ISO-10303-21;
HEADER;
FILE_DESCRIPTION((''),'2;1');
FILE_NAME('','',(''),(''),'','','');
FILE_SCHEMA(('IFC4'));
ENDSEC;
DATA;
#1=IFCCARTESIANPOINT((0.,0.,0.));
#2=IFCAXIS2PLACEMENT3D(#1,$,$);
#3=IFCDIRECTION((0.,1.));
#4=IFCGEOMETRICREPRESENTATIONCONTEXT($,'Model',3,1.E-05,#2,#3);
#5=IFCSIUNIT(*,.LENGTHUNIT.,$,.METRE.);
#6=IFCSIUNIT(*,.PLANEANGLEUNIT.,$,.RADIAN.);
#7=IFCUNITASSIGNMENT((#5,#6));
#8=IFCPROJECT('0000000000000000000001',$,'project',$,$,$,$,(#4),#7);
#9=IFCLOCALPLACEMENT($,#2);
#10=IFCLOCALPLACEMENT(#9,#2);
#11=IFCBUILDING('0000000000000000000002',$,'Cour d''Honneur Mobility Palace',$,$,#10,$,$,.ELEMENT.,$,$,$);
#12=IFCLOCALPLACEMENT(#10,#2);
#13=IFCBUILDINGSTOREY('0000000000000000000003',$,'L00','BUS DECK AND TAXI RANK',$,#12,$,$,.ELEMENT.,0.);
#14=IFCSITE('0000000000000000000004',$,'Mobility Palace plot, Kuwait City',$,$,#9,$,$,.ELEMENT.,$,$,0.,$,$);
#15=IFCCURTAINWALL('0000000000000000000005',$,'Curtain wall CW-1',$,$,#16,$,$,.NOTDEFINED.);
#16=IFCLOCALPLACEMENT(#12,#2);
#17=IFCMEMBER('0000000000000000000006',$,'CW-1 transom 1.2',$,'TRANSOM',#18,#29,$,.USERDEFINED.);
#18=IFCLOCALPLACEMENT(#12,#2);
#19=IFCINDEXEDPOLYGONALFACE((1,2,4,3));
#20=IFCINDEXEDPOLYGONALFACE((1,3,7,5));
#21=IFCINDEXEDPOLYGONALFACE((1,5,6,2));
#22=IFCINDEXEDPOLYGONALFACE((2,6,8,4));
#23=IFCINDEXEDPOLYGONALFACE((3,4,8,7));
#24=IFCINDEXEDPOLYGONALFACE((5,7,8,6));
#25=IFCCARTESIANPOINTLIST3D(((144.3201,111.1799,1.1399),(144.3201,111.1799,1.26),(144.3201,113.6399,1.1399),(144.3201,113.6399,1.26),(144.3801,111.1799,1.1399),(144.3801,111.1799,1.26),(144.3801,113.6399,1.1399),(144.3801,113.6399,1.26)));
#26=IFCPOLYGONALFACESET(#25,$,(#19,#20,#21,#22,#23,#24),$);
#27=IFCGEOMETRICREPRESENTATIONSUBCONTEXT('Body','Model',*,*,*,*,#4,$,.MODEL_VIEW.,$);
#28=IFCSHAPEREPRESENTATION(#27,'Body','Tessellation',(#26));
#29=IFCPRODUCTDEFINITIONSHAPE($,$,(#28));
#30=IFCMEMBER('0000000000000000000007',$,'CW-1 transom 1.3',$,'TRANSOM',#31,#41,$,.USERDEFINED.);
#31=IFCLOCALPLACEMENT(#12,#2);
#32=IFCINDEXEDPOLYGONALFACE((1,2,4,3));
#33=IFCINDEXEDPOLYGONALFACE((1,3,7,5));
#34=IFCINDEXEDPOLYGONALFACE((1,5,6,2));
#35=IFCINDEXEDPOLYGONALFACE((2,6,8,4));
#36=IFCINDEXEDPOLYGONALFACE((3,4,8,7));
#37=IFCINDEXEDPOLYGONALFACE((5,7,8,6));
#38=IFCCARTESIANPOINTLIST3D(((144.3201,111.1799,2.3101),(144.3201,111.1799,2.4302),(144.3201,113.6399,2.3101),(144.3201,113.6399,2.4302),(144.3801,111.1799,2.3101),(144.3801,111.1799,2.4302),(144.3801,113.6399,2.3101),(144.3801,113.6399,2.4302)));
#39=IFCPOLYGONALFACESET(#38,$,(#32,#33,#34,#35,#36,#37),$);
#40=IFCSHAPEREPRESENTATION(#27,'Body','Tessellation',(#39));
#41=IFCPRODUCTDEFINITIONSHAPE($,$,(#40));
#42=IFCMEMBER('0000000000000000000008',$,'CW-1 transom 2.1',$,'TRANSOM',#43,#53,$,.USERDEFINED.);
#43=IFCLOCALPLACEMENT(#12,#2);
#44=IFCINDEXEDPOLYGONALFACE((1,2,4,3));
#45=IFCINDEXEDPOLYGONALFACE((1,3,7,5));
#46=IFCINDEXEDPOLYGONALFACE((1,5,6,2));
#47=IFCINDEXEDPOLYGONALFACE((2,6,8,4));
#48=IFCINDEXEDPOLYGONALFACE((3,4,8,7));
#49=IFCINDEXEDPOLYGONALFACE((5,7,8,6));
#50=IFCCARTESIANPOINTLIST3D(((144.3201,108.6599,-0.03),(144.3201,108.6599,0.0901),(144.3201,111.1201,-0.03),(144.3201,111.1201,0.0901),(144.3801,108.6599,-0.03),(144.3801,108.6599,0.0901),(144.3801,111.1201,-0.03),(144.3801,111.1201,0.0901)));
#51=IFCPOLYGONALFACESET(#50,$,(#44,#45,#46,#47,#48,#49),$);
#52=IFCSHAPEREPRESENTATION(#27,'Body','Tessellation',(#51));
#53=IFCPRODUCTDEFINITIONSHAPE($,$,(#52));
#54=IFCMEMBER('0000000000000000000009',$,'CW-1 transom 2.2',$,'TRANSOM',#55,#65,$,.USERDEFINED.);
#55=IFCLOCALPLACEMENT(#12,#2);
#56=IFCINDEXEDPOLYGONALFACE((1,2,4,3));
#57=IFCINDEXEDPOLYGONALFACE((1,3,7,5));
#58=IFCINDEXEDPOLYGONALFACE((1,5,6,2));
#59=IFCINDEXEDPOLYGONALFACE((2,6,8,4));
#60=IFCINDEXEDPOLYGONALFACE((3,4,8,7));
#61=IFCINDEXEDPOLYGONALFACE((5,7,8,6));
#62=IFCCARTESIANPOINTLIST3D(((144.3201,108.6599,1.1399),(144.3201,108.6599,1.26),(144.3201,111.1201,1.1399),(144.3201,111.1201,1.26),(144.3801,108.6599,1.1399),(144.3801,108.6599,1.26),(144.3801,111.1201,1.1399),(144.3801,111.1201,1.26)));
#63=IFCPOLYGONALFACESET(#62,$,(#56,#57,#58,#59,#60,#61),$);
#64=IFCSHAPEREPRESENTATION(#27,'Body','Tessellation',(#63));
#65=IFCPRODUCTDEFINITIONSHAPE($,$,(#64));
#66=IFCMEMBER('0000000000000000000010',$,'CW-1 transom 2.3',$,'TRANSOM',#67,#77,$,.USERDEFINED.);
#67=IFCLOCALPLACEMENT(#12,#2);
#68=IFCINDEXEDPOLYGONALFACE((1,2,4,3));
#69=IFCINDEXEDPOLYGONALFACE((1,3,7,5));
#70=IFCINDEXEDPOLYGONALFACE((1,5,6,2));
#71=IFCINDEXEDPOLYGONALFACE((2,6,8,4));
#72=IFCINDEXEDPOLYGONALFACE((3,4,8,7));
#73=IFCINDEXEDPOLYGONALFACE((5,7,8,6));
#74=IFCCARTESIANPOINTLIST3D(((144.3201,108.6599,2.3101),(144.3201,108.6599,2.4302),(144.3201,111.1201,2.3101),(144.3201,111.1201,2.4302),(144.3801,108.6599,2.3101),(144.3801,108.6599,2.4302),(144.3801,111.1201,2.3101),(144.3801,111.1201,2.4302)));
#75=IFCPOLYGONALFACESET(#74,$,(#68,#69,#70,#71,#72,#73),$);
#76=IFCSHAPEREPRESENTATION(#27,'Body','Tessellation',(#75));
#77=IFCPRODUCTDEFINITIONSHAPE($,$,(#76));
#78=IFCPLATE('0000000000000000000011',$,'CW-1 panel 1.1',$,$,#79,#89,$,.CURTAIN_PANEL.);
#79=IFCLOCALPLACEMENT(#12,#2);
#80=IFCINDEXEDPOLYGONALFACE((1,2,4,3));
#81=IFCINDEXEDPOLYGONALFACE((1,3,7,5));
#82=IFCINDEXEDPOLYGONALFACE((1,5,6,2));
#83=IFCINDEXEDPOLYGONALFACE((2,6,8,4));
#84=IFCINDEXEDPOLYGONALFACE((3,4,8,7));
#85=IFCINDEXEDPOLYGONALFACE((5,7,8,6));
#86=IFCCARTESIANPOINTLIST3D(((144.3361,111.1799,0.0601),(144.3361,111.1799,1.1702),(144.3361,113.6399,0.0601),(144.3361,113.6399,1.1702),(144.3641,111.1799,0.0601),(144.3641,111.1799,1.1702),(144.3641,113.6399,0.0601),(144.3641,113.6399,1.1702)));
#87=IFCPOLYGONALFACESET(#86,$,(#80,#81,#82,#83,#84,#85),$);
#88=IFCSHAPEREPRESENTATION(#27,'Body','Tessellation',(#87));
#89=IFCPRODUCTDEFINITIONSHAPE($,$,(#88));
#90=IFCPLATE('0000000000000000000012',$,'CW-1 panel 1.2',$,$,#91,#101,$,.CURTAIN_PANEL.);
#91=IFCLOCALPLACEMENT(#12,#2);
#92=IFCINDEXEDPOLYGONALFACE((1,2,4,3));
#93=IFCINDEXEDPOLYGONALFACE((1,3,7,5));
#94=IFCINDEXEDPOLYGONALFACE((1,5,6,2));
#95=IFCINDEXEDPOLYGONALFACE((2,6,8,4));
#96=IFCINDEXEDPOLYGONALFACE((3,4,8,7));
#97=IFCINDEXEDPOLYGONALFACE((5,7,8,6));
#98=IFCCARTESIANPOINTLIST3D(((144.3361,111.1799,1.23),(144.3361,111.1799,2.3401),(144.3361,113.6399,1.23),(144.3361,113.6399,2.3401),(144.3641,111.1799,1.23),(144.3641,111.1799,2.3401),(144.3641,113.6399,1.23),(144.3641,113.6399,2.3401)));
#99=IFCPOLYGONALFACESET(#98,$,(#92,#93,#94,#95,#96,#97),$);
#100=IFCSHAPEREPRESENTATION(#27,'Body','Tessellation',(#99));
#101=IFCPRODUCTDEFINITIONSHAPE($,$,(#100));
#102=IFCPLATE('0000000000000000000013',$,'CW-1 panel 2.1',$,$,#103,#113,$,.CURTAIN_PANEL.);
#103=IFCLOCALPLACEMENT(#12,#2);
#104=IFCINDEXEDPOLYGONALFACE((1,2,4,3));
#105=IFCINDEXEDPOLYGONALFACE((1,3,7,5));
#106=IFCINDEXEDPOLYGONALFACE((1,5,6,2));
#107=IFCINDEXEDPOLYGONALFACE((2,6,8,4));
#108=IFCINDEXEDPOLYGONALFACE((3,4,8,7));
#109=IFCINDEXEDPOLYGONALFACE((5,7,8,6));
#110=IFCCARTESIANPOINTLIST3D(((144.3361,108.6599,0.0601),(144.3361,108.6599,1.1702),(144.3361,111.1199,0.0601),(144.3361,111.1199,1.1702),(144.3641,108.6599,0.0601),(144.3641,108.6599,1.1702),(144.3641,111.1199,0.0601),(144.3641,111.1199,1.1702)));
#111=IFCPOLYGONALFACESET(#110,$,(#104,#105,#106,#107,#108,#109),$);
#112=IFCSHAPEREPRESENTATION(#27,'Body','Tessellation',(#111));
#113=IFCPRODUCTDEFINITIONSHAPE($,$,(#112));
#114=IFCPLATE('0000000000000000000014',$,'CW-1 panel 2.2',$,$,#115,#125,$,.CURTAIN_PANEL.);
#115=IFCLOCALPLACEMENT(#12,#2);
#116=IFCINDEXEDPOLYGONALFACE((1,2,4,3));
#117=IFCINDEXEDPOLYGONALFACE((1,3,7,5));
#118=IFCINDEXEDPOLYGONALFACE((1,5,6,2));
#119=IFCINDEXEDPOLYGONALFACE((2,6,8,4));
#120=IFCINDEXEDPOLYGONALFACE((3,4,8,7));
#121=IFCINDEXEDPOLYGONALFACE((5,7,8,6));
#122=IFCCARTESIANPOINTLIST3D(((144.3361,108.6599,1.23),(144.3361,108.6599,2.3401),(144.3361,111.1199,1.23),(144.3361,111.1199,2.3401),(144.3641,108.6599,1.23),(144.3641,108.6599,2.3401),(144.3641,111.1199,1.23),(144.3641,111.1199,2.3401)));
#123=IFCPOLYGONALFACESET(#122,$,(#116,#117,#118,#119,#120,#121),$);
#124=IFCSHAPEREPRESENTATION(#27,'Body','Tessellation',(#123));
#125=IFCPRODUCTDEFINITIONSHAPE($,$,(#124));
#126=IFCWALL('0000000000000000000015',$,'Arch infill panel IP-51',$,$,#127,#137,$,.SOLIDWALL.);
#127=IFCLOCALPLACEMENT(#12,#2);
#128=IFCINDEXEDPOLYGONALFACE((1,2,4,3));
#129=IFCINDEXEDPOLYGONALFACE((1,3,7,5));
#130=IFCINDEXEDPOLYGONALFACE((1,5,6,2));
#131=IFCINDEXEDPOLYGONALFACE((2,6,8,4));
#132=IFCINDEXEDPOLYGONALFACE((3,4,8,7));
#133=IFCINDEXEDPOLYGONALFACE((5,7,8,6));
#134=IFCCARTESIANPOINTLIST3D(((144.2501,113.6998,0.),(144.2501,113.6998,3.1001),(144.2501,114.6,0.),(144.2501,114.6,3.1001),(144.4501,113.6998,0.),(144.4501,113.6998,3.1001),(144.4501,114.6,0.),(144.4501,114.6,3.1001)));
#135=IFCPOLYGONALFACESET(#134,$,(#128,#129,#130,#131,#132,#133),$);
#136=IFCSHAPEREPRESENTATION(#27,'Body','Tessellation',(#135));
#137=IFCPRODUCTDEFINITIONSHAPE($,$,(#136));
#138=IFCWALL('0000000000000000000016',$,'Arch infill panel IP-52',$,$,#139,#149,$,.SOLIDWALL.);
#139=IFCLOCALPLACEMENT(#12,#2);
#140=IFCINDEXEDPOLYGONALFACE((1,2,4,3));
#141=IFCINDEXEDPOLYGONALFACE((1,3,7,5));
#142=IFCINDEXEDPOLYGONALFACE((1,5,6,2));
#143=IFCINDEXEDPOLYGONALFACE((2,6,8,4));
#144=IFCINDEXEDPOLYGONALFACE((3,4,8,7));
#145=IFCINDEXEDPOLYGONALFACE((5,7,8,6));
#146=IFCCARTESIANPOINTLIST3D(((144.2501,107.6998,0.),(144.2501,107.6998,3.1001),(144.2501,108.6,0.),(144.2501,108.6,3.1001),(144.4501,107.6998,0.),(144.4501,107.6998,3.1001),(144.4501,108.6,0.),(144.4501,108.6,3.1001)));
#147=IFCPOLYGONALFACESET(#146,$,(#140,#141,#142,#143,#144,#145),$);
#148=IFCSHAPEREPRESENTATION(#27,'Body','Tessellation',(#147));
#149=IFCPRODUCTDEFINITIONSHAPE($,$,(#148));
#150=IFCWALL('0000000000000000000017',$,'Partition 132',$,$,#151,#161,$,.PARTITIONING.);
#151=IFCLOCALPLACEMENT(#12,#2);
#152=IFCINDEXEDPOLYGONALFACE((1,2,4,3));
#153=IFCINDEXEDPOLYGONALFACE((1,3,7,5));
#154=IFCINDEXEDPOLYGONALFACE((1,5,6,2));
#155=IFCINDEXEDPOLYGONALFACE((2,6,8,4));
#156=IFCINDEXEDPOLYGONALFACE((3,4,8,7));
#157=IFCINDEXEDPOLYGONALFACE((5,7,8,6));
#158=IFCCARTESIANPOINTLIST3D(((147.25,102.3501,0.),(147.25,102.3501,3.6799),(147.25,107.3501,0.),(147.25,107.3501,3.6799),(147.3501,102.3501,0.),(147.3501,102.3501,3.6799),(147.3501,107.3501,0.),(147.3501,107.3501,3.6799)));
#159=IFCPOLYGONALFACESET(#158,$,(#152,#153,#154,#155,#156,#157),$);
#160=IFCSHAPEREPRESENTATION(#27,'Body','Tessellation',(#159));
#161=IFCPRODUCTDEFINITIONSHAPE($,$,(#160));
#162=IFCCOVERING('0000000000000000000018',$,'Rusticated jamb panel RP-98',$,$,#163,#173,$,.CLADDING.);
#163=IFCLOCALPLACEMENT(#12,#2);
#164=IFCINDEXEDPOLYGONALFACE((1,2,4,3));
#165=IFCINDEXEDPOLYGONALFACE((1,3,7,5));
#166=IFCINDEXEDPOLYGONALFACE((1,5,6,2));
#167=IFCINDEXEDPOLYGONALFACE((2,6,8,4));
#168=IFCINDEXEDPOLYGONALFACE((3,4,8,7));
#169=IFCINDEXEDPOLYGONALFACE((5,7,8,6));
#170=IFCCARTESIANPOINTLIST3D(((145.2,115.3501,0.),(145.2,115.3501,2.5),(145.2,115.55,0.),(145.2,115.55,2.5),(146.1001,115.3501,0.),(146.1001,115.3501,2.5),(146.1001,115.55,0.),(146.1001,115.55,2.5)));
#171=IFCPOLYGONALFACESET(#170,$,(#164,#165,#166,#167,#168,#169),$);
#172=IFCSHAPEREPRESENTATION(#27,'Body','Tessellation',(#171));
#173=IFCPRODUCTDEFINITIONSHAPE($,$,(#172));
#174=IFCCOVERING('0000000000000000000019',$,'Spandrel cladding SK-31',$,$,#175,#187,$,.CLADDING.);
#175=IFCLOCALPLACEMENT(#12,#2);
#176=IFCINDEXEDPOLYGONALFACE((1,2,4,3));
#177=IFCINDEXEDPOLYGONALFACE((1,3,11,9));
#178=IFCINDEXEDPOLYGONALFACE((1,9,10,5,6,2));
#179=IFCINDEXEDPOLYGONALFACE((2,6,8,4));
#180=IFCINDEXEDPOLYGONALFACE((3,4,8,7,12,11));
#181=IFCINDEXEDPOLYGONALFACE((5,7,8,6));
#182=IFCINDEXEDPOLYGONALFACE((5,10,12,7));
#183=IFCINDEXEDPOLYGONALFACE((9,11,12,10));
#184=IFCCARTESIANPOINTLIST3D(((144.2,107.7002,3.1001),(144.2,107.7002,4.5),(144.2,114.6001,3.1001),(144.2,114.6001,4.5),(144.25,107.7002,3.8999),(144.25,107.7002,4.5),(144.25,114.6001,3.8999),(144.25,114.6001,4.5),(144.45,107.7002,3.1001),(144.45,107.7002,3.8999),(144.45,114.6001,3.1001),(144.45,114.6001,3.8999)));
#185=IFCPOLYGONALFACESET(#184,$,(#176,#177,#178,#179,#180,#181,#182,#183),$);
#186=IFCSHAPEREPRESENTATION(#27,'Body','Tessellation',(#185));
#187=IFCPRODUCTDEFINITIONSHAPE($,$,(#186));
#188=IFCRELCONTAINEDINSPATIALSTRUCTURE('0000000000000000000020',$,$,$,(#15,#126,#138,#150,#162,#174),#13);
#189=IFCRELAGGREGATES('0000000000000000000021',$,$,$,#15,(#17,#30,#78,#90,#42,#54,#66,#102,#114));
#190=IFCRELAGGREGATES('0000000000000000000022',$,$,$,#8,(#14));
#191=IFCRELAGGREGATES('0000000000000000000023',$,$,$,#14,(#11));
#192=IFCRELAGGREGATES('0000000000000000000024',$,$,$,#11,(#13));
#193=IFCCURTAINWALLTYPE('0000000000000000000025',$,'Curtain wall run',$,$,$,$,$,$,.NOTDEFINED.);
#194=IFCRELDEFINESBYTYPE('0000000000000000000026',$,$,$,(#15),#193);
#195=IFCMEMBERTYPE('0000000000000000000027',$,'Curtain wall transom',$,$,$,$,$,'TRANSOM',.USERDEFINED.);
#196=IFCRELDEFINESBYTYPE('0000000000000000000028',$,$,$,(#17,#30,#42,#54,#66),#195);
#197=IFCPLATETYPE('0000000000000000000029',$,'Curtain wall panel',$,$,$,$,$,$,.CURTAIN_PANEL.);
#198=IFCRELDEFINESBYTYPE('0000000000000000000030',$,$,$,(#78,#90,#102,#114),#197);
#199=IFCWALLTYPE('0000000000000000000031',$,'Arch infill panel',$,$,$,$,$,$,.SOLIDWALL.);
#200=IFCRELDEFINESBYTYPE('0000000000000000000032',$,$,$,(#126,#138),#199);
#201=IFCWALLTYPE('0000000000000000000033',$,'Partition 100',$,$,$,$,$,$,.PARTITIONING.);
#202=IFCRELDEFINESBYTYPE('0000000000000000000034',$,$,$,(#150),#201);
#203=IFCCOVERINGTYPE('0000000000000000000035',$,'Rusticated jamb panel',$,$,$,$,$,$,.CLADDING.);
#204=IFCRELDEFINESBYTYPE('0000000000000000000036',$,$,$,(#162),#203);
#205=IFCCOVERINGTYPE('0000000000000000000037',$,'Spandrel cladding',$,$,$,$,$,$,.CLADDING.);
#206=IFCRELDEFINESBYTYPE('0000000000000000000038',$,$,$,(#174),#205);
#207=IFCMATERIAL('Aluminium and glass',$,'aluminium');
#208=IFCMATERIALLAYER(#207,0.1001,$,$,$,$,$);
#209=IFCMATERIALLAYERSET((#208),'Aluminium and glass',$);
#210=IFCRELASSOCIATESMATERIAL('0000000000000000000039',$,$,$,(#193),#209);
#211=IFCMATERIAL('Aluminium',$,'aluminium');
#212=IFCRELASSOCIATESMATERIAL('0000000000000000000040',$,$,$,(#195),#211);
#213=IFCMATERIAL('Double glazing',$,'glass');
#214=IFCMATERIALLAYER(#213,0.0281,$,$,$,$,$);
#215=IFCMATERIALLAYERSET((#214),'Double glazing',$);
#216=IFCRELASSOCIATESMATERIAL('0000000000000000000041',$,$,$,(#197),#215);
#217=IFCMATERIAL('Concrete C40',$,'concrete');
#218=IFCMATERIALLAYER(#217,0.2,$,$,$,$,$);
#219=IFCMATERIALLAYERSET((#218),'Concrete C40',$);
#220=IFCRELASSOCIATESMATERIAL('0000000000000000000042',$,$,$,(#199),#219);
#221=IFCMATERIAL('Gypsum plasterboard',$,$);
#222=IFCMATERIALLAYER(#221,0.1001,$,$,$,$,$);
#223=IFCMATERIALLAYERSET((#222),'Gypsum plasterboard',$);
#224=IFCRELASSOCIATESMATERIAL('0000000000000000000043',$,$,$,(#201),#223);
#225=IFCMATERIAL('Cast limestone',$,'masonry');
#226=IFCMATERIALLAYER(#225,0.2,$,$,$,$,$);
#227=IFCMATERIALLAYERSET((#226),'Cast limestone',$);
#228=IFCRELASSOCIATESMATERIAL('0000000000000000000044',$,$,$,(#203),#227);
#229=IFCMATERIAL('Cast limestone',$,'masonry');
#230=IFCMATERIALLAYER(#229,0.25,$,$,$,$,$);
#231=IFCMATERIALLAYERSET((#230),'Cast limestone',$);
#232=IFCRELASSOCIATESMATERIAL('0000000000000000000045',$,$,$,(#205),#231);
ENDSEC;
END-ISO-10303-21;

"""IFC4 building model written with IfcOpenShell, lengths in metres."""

from ifc_helpers import new_model, si_unit, direction, frame, frame_2d, origin, origin_2d, place, context, subcontext, project, spatial, polyline, rectangle, outline, extrude, material, layer, layer_set, material_profile, profile_set, type_object, element, aggregate, save


model = new_model("IFC4")

# Units and contexts
model_context = context("Model", 3, precision=1e-05, world=origin(), true_north=direction((0.0, 1.0)))
body_context = subcontext(model_context, "Body", "Model", "MODEL_VIEW")
ifc_project = project(units=[si_unit("LENGTHUNIT", "METRE"), si_unit("PLANEANGLEUNIT", "RADIAN")], contexts=[model_context])

# Site, building, storey
site_placement = place(None, origin())
site = spatial("IfcSite", under=ifc_project, at=site_placement, Name="Mobility Palace plot, Kuwait City", CompositionType="ELEMENT", RefElevation=0.0)
building_placement = place(site_placement, origin())
building = spatial("IfcBuilding", under=site, at=building_placement, Name="Cour d'Honneur Mobility Palace", CompositionType="ELEMENT")
storey_placement = place(building_placement, origin())
storey = spatial("IfcBuildingStorey", under=building, at=storey_placement, Name="L00", Description="BUS DECK AND TAXI RANK", CompositionType="ELEMENT", Elevation=0.0)

# Curtain wall, members, plates
ifc_material_1 = material(Name="Aluminium and glass", Category="aluminium")
ifc_layer_1 = layer(ifc_material_1, 0.1001)
ifc_layer_set_1 = layer_set([ifc_layer_1], Name="Aluminium and glass")
curtain_wall_type = type_object("IfcCurtainWallType", Name="Curtain wall run", PredefinedType="NOTDEFINED", material=ifc_layer_set_1)
curtain_wall_placement = place(storey_placement, origin())
curtain_wall = element("IfcCurtainWall", 1, at=curtain_wall_placement, inside=storey, type_object=curtain_wall_type, Name="Curtain wall CW-1", PredefinedType="NOTDEFINED")
ifc_material_2 = material(Name="Aluminium", Category="aluminium")
ifc_material_profile_1 = material_profile(ifc_material_2, rectangle(XDim=0.0601, YDim=0.1201, at=origin_2d()), Name="Curtain wall transom")
ifc_profile_set_1 = profile_set([ifc_material_profile_1], Name="Aluminium")
member_type_1 = type_object("IfcMemberType", Name="Curtain wall transom", ElementType="TRANSOM", PredefinedType="USERDEFINED", material=ifc_profile_set_1)
member_1_placement = place(storey_placement, frame((144.3501, 113.6399, 1.2), z_axis=(0.0, -1.0, 0.0), x_axis=(1.0, 0.0, 0.0)))
member_1 = element("IfcMember", 2, at=member_1_placement, type_object=member_type_1, Name="CW-1 transom 1.2", ObjectType="TRANSOM", PredefinedType="USERDEFINED", context=body_context, shape_type="SweptSolid", body=[
    extrude(rectangle(XDim=0.0601, YDim=0.1201, at=origin_2d()), origin(), (0.0, 0.0, 1.0), 2.46),
])
member_2_placement = place(storey_placement, frame((144.3501, 113.6399, 2.3701), z_axis=(0.0, -1.0, 0.0), x_axis=(1.0, 0.0, 0.0)))
member_2 = element("IfcMember", 3, at=member_2_placement, type_object=member_type_1, Name="CW-1 transom 1.3", ObjectType="TRANSOM", PredefinedType="USERDEFINED", context=body_context, shape_type="SweptSolid", body=[
    extrude(rectangle(XDim=0.0601, YDim=0.1201, at=origin_2d()), origin(), (0.0, 0.0, 1.0), 2.46),
])
member_3_placement = place(storey_placement, frame((144.3501, 111.1201, 0.03), z_axis=(0.0, -1.0, 0.0), x_axis=(1.0, 0.0, 0.0)))
member_3 = element("IfcMember", 4, at=member_3_placement, type_object=member_type_1, Name="CW-1 transom 2.1", ObjectType="TRANSOM", PredefinedType="USERDEFINED", context=body_context, shape_type="SweptSolid", body=[
    extrude(rectangle(XDim=0.0601, YDim=0.1201, at=origin_2d()), origin(), (0.0, 0.0, 1.0), 2.4602),
])
member_4_placement = place(storey_placement, frame((144.3501, 111.1201, 1.2), z_axis=(0.0, -1.0, 0.0), x_axis=(1.0, 0.0, 0.0)))
member_4 = element("IfcMember", 5, at=member_4_placement, type_object=member_type_1, Name="CW-1 transom 2.2", ObjectType="TRANSOM", PredefinedType="USERDEFINED", context=body_context, shape_type="SweptSolid", body=[
    extrude(rectangle(XDim=0.0601, YDim=0.1201, at=origin_2d()), origin(), (0.0, 0.0, 1.0), 2.4602),
])
member_5_placement = place(storey_placement, frame((144.3501, 111.1201, 2.3701), z_axis=(0.0, -1.0, 0.0), x_axis=(1.0, 0.0, 0.0)))
member_5 = element("IfcMember", 6, at=member_5_placement, type_object=member_type_1, Name="CW-1 transom 2.3", ObjectType="TRANSOM", PredefinedType="USERDEFINED", context=body_context, shape_type="SweptSolid", body=[
    extrude(rectangle(XDim=0.0601, YDim=0.1201, at=origin_2d()), origin(), (0.0, 0.0, 1.0), 2.4602),
])
ifc_material_3 = material(Name="Double glazing", Category="glass")
ifc_layer_2 = layer(ifc_material_3, 0.0281)
ifc_layer_set_2 = layer_set([ifc_layer_2], Name="Double glazing")
plate_type = type_object("IfcPlateType", Name="Curtain wall panel", PredefinedType="CURTAIN_PANEL", material=ifc_layer_set_2)
plate_1_placement = place(storey_placement, frame((144.3501, 112.4099, 0.0601), z_axis=(0.0, 0.0, 1.0), x_axis=(0.0, -1.0, 0.0)))
plate_1 = element("IfcPlate", 7, at=plate_1_placement, type_object=plate_type, Name="CW-1 panel 1.1", PredefinedType="CURTAIN_PANEL", context=body_context, shape_type="SweptSolid", body=[
    extrude(rectangle(XDim=2.46, YDim=0.0281, at=origin_2d()), origin(), (0.0, 0.0, 1.0), 1.1101),
])
plate_2_placement = place(storey_placement, frame((144.3501, 112.4099, 1.23), z_axis=(0.0, 0.0, 1.0), x_axis=(0.0, -1.0, 0.0)))
plate_2 = element("IfcPlate", 8, at=plate_2_placement, type_object=plate_type, Name="CW-1 panel 1.2", PredefinedType="CURTAIN_PANEL", context=body_context, shape_type="SweptSolid", body=[
    extrude(rectangle(XDim=2.46, YDim=0.0281, at=origin_2d()), origin(), (0.0, 0.0, 1.0), 1.1101),
])
plate_3_placement = place(storey_placement, frame((144.3501, 109.8899, 0.0601), z_axis=(0.0, 0.0, 1.0), x_axis=(0.0, -1.0, 0.0)))
plate_3 = element("IfcPlate", 9, at=plate_3_placement, type_object=plate_type, Name="CW-1 panel 2.1", PredefinedType="CURTAIN_PANEL", context=body_context, shape_type="SweptSolid", body=[
    extrude(rectangle(XDim=2.46, YDim=0.0281, at=origin_2d()), origin(), (0.0, 0.0, 1.0), 1.1101),
])
plate_4_placement = place(storey_placement, frame((144.3501, 109.8899, 1.23), z_axis=(0.0, 0.0, 1.0), x_axis=(0.0, -1.0, 0.0)))
plate_4 = element("IfcPlate", 10, at=plate_4_placement, type_object=plate_type, Name="CW-1 panel 2.2", PredefinedType="CURTAIN_PANEL", context=body_context, shape_type="SweptSolid", body=[
    extrude(rectangle(XDim=2.46, YDim=0.0281, at=origin_2d()), origin(), (0.0, 0.0, 1.0), 1.1101),
])
aggregate(curtain_wall, [member_1, member_2, plate_1, plate_2, member_3, member_4, member_5, plate_3, plate_4])

# Walls
ifc_material_4 = material(Name="Concrete C40", Category="concrete")
ifc_layer_3 = layer(ifc_material_4, 0.2)
ifc_layer_set_3 = layer_set([ifc_layer_3], Name="Concrete C40")
wall_type_1 = type_object("IfcWallType", Name="Arch infill panel", PredefinedType="SOLIDWALL", material=ifc_layer_set_3)
for number, where, z_axis, x_axis, name in (
    (11, (144.3501, 114.6001, 0.0), (0.0, 0.0, 1.0), (0.0, -1.0, 0.0), "Arch infill panel IP-51"),
    (12, (144.3501, 108.6001, 0.0), (0.0, 0.0, 1.0), (0.0, -1.0, 0.0), "Arch infill panel IP-52"),
):
    element("IfcWall", number, at=place(storey_placement, frame(where, z_axis=z_axis, x_axis=x_axis)), inside=storey, type_object=wall_type_1, Name=name, PredefinedType="SOLIDWALL", context=body_context, shape_type="SweptSolid", body=[
        extrude(rectangle(XDim=0.9001, YDim=0.2, at=frame_2d((0.4502, 0.0))), origin(), (0.0, 0.0, 1.0), 3.1001),
    ])
ifc_material_5 = material(Name="Gypsum plasterboard")
ifc_layer_4 = layer(ifc_material_5, 0.1001)
ifc_layer_set_4 = layer_set([ifc_layer_4], Name="Gypsum plasterboard")
wall_type_2 = type_object("IfcWallType", Name="Partition 100", PredefinedType="PARTITIONING", material=ifc_layer_set_4)
wall_placement = place(storey_placement, frame((147.3, 107.3501, 0.0), z_axis=(0.0, 0.0, 1.0), x_axis=(0.0, -1.0, 0.0)))
element("IfcWall", 13, at=wall_placement, inside=storey, type_object=wall_type_2, Name="Partition 132", PredefinedType="PARTITIONING", context=body_context, shape_type="SweptSolid", body=[
    extrude(rectangle(XDim=5.0, YDim=0.1001, at=frame_2d((2.5, 0.0))), origin(), (0.0, 0.0, 1.0), 3.6799),
])

# Coverings
ifc_material_6 = material(Name="Cast limestone", Category="masonry")
ifc_layer_5 = layer(ifc_material_6, 0.2)
ifc_layer_set_5 = layer_set([ifc_layer_5], Name="Cast limestone")
covering_type_1 = type_object("IfcCoveringType", Name="Rusticated jamb panel", PredefinedType="CLADDING", material=ifc_layer_set_5)
covering_1_placement = place(storey_placement, frame((146.1001, 115.55, 0.0), z_axis=(0.0, 1.0, 0.0), x_axis=(-1.0, 0.0, 0.0)))
element("IfcCovering", 14, at=covering_1_placement, inside=storey, type_object=covering_type_1, Name="Rusticated jamb panel RP-98", PredefinedType="CLADDING", context=body_context, shape_type="SweptSolid", body=[
    extrude(outline(polyline([(0.0, 0.0), (0.9001, 0.0), (0.9001, 2.5), (0.0, 2.5), (0.0, 0.0)])), origin(), (0.0, 0.0, -1.0), 0.2),
])
ifc_material_7 = material(Name="Cast limestone", Category="masonry")
ifc_layer_6 = layer(ifc_material_7, 0.25)
ifc_layer_set_6 = layer_set([ifc_layer_6], Name="Cast limestone")
covering_type_2 = type_object("IfcCoveringType", Name="Spandrel cladding", PredefinedType="CLADDING", material=ifc_layer_set_6)
covering_2_placement = place(storey_placement, frame((144.45, 114.6001, 3.1001), z_axis=(0.0, 1.0, 0.0), x_axis=(-1.0, 0.0, 0.0)))
element("IfcCovering", 15, at=covering_2_placement, inside=storey, type_object=covering_type_2, Name="Spandrel cladding SK-31", PredefinedType="CLADDING", context=body_context, shape_type="SweptSolid", body=[
    extrude(outline(polyline([(0.0, 0.0), (0.25, 0.0), (0.25, 1.3999), (0.2, 1.3999), (0.2, 0.7998), (0.0, 0.7998), (0.0, 0.0)])), origin(), (0.0, 0.0, -1.0), 6.8999),
])

save(model, "model.ifc")
